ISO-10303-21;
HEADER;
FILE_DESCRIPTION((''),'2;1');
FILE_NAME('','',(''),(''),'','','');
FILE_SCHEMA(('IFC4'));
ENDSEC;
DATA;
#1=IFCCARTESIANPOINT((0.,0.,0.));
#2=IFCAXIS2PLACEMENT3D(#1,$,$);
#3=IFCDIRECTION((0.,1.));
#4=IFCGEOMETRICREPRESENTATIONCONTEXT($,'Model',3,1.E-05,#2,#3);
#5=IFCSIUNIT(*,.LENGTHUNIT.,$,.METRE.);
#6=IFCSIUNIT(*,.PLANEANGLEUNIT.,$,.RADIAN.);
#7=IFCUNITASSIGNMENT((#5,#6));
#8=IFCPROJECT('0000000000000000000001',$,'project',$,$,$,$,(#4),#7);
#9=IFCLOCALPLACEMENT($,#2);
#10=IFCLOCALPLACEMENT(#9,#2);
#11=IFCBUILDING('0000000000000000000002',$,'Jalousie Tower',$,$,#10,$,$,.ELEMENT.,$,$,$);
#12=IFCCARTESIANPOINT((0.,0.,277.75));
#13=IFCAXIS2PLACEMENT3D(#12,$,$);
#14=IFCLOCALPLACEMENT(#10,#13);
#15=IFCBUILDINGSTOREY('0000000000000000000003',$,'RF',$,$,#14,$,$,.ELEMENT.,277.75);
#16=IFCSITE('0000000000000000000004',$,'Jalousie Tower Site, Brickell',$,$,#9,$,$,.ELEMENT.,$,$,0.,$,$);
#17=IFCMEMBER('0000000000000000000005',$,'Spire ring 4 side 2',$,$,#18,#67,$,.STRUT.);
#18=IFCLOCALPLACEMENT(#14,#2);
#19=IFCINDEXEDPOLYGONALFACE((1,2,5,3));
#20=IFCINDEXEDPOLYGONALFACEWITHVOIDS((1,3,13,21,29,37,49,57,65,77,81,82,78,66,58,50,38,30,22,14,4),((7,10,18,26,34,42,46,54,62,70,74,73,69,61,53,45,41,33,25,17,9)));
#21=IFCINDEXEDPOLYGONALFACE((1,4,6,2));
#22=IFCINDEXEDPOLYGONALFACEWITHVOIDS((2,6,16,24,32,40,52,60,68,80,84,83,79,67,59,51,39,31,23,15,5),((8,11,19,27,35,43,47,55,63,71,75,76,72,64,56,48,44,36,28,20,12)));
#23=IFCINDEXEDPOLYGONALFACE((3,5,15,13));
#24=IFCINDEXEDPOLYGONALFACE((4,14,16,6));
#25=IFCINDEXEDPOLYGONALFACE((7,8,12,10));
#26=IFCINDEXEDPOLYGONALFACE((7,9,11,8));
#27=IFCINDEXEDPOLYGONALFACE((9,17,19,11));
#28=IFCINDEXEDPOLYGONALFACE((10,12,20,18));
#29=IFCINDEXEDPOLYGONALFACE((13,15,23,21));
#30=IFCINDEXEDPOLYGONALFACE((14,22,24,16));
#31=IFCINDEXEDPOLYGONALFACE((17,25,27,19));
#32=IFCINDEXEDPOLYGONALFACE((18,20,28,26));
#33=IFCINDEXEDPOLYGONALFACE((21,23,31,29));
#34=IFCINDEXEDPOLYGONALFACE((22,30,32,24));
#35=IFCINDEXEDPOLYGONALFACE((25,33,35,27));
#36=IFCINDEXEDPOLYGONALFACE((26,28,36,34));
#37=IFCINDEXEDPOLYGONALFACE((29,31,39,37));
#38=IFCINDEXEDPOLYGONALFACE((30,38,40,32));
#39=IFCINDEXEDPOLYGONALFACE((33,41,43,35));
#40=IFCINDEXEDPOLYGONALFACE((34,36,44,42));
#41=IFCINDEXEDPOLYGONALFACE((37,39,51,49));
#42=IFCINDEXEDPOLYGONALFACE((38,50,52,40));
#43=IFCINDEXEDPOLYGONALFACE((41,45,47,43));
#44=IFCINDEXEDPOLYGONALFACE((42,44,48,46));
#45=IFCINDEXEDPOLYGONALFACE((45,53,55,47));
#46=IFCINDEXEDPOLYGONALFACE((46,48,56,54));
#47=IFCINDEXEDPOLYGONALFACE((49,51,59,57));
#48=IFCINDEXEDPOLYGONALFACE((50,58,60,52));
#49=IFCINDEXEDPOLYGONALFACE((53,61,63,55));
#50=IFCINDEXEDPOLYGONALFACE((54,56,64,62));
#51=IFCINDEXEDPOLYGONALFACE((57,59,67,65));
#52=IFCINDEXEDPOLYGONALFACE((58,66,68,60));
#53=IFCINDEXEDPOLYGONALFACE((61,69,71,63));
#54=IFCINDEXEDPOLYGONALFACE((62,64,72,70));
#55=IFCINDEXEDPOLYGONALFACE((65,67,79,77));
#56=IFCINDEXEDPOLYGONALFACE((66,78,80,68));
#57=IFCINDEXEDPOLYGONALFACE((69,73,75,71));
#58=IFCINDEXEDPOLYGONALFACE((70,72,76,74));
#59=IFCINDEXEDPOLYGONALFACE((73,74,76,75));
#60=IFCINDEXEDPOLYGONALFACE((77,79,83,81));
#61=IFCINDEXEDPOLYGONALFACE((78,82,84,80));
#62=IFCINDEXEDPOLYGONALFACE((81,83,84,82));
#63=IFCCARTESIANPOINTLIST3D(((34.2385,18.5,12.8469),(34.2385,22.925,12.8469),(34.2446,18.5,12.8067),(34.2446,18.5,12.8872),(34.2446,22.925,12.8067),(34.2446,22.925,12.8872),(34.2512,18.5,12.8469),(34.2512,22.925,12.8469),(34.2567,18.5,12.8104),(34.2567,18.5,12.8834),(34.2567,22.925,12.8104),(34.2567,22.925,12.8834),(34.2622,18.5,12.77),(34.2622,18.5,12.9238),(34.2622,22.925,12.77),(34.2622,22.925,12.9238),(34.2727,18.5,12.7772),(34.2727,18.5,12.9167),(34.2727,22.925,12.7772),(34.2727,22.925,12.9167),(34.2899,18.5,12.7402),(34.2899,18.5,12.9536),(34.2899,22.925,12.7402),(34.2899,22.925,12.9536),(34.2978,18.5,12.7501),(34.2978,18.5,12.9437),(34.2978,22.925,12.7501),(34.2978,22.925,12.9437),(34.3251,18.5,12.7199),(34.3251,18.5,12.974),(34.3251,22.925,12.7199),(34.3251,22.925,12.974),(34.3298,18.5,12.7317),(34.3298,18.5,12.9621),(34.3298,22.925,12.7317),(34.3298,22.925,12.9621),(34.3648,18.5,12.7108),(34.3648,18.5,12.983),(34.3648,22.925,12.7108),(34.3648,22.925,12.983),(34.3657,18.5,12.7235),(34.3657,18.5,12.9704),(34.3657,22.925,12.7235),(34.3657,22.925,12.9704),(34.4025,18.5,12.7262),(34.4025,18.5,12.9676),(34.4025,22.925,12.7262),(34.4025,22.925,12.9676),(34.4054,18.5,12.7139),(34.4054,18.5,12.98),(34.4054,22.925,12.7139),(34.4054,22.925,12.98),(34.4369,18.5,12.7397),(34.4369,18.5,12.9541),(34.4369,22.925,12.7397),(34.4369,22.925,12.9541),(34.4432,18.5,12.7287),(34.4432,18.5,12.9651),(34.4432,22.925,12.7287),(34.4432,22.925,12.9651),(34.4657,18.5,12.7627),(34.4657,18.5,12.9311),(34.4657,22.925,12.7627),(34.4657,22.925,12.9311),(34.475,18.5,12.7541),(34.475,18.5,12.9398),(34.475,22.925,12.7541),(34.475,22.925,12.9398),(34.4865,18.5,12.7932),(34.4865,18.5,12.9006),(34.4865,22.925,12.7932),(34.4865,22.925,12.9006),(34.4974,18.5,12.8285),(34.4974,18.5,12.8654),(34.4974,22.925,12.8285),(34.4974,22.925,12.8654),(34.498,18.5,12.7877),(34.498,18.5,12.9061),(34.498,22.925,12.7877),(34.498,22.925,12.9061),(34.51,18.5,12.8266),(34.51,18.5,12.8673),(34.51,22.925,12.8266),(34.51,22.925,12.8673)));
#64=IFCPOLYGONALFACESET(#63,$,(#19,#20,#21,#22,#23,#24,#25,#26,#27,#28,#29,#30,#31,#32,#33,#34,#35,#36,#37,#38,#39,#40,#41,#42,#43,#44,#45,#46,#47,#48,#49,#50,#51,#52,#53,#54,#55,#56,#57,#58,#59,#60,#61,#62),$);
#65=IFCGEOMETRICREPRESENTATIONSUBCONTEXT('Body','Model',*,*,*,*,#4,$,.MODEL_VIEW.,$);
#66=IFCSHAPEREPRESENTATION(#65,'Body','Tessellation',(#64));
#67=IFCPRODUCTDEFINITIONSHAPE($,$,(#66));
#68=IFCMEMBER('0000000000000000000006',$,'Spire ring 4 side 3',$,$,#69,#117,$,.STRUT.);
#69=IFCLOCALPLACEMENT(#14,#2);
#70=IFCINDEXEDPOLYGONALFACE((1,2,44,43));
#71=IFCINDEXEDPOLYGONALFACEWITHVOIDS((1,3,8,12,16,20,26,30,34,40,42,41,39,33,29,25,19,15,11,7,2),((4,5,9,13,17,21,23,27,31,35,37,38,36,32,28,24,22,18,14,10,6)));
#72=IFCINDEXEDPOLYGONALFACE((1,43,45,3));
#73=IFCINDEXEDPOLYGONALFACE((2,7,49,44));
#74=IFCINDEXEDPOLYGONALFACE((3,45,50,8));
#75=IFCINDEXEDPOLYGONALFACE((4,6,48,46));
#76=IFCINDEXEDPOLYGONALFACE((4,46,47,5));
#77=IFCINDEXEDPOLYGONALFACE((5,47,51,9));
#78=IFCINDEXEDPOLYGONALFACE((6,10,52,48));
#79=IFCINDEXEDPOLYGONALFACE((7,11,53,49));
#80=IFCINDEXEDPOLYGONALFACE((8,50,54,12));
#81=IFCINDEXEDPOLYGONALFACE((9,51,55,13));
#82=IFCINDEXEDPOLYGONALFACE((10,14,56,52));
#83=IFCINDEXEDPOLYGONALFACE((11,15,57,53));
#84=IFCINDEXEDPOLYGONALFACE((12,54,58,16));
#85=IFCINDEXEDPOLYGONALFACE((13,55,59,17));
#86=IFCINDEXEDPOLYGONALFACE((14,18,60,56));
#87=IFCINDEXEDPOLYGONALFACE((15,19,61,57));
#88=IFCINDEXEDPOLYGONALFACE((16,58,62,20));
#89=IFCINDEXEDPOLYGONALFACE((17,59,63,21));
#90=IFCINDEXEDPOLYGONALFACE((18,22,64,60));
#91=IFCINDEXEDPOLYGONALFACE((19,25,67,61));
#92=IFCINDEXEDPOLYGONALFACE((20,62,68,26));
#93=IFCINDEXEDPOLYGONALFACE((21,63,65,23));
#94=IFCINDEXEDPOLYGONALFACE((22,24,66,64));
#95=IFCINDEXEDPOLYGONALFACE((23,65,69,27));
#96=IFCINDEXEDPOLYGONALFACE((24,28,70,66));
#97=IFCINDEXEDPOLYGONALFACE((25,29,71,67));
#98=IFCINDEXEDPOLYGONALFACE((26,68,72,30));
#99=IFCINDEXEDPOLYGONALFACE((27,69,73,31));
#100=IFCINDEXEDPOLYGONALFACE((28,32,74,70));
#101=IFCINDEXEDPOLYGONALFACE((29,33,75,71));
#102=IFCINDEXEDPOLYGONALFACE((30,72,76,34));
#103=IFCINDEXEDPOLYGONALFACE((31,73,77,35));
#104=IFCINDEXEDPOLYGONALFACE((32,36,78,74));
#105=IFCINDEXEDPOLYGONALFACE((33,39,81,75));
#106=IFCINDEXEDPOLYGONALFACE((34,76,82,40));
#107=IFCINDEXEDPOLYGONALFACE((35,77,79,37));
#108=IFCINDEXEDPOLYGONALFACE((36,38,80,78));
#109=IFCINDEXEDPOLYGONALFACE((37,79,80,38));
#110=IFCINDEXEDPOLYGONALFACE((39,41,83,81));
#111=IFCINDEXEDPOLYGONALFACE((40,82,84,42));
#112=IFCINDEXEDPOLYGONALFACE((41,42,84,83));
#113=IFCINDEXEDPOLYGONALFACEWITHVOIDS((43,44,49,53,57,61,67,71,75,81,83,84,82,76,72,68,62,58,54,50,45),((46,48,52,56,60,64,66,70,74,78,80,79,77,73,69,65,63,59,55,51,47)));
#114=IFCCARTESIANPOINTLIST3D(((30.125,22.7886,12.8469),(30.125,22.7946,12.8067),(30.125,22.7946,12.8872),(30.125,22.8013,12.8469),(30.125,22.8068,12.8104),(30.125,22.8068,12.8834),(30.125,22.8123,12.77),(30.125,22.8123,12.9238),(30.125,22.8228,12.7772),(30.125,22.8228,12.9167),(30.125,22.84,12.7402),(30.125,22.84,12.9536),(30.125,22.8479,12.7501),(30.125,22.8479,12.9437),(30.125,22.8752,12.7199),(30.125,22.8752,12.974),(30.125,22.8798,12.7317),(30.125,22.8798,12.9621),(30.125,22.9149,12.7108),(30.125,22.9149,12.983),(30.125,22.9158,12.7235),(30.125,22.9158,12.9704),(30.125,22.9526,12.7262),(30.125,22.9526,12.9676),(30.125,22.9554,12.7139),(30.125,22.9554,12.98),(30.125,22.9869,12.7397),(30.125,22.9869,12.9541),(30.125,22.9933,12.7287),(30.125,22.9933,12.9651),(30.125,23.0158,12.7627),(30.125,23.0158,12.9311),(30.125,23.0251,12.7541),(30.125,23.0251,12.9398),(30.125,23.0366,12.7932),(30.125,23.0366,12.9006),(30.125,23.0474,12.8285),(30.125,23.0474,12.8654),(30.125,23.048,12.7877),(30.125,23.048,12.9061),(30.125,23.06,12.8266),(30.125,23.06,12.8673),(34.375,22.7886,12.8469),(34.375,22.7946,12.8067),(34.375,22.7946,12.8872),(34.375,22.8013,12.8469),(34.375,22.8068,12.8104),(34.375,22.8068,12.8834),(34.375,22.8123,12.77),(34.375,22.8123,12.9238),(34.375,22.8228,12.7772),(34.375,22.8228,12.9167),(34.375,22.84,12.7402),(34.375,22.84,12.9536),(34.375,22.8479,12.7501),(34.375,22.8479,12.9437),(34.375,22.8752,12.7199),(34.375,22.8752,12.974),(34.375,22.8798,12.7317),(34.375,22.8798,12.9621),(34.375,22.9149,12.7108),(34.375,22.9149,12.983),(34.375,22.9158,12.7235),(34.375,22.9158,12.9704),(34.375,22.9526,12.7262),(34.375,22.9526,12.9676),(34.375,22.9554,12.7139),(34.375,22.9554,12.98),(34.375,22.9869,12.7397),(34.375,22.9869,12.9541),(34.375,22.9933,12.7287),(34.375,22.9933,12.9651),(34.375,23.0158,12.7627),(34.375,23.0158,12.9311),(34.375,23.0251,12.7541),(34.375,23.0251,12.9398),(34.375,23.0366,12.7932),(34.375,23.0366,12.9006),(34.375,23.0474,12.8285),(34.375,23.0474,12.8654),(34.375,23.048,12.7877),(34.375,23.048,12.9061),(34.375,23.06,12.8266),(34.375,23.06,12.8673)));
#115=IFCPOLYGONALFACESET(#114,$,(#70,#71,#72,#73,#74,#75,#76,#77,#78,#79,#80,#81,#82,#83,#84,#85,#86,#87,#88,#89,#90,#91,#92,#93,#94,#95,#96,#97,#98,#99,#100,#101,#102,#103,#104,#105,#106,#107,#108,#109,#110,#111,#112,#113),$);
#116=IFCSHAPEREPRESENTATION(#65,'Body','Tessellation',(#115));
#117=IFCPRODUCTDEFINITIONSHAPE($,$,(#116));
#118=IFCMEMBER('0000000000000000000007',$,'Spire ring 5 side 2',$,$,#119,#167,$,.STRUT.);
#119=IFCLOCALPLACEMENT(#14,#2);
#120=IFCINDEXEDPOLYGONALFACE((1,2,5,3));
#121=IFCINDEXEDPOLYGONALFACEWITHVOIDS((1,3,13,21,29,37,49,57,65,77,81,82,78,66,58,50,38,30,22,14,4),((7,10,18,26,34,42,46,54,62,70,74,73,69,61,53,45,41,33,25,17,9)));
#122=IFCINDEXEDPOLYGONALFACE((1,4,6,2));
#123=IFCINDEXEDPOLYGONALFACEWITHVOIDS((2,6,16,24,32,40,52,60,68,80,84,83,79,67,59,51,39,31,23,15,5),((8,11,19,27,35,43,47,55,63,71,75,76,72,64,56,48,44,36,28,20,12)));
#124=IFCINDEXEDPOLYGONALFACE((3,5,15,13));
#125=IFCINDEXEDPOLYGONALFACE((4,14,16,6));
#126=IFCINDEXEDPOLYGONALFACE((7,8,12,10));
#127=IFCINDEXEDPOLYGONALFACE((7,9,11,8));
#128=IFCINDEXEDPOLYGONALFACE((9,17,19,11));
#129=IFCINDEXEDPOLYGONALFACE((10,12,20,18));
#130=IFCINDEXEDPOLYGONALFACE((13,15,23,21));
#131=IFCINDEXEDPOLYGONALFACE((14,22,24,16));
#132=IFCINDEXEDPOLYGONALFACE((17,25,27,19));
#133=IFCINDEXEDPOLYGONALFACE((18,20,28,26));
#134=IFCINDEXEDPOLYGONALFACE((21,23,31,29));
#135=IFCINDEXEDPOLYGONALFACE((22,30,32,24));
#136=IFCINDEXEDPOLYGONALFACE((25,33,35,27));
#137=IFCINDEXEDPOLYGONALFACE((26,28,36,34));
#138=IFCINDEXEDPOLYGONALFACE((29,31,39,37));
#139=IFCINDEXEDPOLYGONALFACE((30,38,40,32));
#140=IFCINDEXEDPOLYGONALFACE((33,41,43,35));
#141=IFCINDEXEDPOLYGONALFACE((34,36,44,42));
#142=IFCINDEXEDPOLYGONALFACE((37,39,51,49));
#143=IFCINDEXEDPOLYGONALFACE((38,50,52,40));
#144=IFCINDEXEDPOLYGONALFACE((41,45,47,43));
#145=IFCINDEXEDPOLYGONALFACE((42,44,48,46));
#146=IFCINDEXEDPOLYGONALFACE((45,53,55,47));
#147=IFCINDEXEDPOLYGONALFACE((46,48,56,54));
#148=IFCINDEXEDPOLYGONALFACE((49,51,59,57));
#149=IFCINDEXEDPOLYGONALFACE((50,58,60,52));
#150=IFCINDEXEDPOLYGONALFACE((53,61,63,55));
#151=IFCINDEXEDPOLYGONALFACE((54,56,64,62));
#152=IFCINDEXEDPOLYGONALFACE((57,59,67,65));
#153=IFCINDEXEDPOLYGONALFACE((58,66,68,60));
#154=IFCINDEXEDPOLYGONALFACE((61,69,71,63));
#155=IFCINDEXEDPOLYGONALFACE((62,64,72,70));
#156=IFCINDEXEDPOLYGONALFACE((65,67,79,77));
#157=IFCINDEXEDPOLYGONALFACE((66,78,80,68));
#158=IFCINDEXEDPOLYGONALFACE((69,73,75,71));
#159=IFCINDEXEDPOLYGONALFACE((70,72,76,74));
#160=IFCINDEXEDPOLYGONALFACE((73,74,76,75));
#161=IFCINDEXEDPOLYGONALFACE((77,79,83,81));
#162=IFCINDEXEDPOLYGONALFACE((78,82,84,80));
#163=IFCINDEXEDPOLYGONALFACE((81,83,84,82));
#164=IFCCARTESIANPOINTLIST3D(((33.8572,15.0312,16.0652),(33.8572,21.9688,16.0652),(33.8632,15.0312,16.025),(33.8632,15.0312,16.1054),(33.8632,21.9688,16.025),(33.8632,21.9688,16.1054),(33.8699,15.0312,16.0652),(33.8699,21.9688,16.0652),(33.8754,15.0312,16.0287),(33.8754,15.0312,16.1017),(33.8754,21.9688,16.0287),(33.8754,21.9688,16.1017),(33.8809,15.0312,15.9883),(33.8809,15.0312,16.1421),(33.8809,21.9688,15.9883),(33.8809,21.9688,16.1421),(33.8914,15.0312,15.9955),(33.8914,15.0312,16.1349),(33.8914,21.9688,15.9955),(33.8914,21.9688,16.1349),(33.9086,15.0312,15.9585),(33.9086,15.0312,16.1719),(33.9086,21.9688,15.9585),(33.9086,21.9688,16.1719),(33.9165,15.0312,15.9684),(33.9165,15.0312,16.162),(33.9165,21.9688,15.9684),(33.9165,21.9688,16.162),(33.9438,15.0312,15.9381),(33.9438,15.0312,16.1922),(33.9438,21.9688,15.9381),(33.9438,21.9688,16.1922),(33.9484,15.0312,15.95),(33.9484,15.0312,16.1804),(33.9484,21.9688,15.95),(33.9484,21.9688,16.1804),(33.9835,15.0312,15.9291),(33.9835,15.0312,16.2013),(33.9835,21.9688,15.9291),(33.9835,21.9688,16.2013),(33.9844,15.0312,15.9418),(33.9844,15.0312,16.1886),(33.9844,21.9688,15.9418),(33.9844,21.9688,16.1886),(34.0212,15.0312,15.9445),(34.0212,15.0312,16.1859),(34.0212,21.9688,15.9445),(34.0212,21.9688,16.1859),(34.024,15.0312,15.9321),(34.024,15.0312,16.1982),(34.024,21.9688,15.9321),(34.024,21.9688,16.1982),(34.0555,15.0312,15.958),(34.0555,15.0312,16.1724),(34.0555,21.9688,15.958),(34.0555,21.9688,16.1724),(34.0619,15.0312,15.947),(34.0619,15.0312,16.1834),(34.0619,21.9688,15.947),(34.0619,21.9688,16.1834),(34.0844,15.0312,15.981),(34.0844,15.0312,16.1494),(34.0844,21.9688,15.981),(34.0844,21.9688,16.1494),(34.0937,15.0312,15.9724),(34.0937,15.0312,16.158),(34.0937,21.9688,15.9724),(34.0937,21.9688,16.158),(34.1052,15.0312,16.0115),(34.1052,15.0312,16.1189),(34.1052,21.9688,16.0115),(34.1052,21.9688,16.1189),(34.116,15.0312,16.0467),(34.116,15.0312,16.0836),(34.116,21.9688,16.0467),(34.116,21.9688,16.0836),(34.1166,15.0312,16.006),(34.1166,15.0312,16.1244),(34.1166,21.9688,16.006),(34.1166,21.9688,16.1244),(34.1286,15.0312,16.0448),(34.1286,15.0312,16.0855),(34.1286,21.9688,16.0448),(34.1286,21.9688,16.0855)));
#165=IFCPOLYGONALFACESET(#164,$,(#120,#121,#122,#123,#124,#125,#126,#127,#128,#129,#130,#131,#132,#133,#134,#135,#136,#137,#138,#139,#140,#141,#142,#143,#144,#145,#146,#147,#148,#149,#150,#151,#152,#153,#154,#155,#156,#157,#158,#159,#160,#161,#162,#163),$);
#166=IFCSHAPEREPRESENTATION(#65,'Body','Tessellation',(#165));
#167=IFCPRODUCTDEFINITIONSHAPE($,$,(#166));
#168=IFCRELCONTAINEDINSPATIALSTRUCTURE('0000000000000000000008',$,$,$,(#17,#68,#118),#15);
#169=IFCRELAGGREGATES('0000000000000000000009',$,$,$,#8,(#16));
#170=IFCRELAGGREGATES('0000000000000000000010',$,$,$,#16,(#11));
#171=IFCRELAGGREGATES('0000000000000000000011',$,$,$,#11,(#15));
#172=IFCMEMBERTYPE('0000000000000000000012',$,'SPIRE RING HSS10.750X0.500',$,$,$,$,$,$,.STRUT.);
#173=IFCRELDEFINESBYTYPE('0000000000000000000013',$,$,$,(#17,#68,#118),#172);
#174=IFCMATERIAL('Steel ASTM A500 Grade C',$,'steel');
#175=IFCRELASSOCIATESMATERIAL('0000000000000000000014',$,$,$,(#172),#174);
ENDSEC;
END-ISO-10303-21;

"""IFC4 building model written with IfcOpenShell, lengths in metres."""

from ifc_helpers import new_model, si_unit, direction, frame, origin, origin_2d, place, context, subcontext, project, spatial, hollow_circle, extrude, material, material_profile, profile_set, type_object, element, save


model = new_model("IFC4")

# Units and contexts
model_context = context("Model", 3, precision=1e-05, world=origin(), true_north=direction((0.0, 1.0)))
body_context = subcontext(model_context, "Body", "Model", "MODEL_VIEW")
ifc_project = project(units=[si_unit("LENGTHUNIT", "METRE"), si_unit("PLANEANGLEUNIT", "RADIAN")], contexts=[model_context])

# Site, building, storey
site_placement = place(None, origin())
site = spatial("IfcSite", under=ifc_project, at=site_placement, Name="Jalousie Tower Site, Brickell", CompositionType="ELEMENT", RefElevation=0.0)
building_placement = place(site_placement, origin())
building = spatial("IfcBuilding", under=site, at=building_placement, Name="Jalousie Tower", CompositionType="ELEMENT")
storey_placement = place(building_placement, frame((0.0, 0.0, 277.75)))
storey = spatial("IfcBuildingStorey", under=building, at=storey_placement, Name="RF", CompositionType="ELEMENT", Elevation=277.75)

# Members
ifc_material_1 = material(Name="Steel ASTM A500 Grade C", Category="steel")
ifc_material_profile_1 = material_profile(ifc_material_1, hollow_circle(Radius=0.1365, WallThickness=0.0127, at=origin_2d()), Name="HSS10.750X0.500")
ifc_profile_set_1 = profile_set([ifc_material_profile_1], Name="Steel ASTM A500 Grade C")
member_type_1 = type_object("IfcMemberType", Name="SPIRE RING HSS10.750X0.500", PredefinedType="STRUT", material=ifc_profile_set_1)
for number, where, z_axis, x_axis, name in (
    (1, (34.375, 18.5, 12.8469), (0.0, 1.0, 0.0), (-1.0, 0.0, 0.0), "Spire ring 4 side 2"),
):
    element("IfcMember", number, at=place(storey_placement, frame(where, z_axis=z_axis, x_axis=x_axis)), inside=storey, type_object=member_type_1, Name=name, PredefinedType="STRUT", context=body_context, shape_type="SweptSolid", body=[
        extrude(hollow_circle(Radius=0.1365, WallThickness=0.0127, at=origin_2d()), origin(), (0.0, 0.0, 1.0), 4.425),
    ])
member_1_placement = place(storey_placement, frame((34.375, 22.925, 12.8469), z_axis=(-1.0, 0.0, 0.0), x_axis=(0.0, -1.0, 0.0)))
element("IfcMember", 2, at=member_1_placement, inside=storey, type_object=member_type_1, Name="Spire ring 4 side 3", PredefinedType="STRUT", context=body_context, shape_type="SweptSolid", body=[
    extrude(hollow_circle(Radius=0.1365, WallThickness=0.0127, at=origin_2d()), origin(), (0.0, 0.0, 1.0), 4.25),
])
member_2_placement = place(storey_placement, frame((33.9937, 15.0312, 16.0652), z_axis=(0.0, 1.0, 0.0), x_axis=(-1.0, 0.0, 0.0)))
element("IfcMember", 3, at=member_2_placement, inside=storey, type_object=member_type_1, Name="Spire ring 5 side 2", PredefinedType="STRUT", context=body_context, shape_type="SweptSolid", body=[
    extrude(hollow_circle(Radius=0.1365, WallThickness=0.0127, at=origin_2d()), origin(), (0.0, 0.0, 1.0), 6.9375),
])

save(model, "model.ifc")
